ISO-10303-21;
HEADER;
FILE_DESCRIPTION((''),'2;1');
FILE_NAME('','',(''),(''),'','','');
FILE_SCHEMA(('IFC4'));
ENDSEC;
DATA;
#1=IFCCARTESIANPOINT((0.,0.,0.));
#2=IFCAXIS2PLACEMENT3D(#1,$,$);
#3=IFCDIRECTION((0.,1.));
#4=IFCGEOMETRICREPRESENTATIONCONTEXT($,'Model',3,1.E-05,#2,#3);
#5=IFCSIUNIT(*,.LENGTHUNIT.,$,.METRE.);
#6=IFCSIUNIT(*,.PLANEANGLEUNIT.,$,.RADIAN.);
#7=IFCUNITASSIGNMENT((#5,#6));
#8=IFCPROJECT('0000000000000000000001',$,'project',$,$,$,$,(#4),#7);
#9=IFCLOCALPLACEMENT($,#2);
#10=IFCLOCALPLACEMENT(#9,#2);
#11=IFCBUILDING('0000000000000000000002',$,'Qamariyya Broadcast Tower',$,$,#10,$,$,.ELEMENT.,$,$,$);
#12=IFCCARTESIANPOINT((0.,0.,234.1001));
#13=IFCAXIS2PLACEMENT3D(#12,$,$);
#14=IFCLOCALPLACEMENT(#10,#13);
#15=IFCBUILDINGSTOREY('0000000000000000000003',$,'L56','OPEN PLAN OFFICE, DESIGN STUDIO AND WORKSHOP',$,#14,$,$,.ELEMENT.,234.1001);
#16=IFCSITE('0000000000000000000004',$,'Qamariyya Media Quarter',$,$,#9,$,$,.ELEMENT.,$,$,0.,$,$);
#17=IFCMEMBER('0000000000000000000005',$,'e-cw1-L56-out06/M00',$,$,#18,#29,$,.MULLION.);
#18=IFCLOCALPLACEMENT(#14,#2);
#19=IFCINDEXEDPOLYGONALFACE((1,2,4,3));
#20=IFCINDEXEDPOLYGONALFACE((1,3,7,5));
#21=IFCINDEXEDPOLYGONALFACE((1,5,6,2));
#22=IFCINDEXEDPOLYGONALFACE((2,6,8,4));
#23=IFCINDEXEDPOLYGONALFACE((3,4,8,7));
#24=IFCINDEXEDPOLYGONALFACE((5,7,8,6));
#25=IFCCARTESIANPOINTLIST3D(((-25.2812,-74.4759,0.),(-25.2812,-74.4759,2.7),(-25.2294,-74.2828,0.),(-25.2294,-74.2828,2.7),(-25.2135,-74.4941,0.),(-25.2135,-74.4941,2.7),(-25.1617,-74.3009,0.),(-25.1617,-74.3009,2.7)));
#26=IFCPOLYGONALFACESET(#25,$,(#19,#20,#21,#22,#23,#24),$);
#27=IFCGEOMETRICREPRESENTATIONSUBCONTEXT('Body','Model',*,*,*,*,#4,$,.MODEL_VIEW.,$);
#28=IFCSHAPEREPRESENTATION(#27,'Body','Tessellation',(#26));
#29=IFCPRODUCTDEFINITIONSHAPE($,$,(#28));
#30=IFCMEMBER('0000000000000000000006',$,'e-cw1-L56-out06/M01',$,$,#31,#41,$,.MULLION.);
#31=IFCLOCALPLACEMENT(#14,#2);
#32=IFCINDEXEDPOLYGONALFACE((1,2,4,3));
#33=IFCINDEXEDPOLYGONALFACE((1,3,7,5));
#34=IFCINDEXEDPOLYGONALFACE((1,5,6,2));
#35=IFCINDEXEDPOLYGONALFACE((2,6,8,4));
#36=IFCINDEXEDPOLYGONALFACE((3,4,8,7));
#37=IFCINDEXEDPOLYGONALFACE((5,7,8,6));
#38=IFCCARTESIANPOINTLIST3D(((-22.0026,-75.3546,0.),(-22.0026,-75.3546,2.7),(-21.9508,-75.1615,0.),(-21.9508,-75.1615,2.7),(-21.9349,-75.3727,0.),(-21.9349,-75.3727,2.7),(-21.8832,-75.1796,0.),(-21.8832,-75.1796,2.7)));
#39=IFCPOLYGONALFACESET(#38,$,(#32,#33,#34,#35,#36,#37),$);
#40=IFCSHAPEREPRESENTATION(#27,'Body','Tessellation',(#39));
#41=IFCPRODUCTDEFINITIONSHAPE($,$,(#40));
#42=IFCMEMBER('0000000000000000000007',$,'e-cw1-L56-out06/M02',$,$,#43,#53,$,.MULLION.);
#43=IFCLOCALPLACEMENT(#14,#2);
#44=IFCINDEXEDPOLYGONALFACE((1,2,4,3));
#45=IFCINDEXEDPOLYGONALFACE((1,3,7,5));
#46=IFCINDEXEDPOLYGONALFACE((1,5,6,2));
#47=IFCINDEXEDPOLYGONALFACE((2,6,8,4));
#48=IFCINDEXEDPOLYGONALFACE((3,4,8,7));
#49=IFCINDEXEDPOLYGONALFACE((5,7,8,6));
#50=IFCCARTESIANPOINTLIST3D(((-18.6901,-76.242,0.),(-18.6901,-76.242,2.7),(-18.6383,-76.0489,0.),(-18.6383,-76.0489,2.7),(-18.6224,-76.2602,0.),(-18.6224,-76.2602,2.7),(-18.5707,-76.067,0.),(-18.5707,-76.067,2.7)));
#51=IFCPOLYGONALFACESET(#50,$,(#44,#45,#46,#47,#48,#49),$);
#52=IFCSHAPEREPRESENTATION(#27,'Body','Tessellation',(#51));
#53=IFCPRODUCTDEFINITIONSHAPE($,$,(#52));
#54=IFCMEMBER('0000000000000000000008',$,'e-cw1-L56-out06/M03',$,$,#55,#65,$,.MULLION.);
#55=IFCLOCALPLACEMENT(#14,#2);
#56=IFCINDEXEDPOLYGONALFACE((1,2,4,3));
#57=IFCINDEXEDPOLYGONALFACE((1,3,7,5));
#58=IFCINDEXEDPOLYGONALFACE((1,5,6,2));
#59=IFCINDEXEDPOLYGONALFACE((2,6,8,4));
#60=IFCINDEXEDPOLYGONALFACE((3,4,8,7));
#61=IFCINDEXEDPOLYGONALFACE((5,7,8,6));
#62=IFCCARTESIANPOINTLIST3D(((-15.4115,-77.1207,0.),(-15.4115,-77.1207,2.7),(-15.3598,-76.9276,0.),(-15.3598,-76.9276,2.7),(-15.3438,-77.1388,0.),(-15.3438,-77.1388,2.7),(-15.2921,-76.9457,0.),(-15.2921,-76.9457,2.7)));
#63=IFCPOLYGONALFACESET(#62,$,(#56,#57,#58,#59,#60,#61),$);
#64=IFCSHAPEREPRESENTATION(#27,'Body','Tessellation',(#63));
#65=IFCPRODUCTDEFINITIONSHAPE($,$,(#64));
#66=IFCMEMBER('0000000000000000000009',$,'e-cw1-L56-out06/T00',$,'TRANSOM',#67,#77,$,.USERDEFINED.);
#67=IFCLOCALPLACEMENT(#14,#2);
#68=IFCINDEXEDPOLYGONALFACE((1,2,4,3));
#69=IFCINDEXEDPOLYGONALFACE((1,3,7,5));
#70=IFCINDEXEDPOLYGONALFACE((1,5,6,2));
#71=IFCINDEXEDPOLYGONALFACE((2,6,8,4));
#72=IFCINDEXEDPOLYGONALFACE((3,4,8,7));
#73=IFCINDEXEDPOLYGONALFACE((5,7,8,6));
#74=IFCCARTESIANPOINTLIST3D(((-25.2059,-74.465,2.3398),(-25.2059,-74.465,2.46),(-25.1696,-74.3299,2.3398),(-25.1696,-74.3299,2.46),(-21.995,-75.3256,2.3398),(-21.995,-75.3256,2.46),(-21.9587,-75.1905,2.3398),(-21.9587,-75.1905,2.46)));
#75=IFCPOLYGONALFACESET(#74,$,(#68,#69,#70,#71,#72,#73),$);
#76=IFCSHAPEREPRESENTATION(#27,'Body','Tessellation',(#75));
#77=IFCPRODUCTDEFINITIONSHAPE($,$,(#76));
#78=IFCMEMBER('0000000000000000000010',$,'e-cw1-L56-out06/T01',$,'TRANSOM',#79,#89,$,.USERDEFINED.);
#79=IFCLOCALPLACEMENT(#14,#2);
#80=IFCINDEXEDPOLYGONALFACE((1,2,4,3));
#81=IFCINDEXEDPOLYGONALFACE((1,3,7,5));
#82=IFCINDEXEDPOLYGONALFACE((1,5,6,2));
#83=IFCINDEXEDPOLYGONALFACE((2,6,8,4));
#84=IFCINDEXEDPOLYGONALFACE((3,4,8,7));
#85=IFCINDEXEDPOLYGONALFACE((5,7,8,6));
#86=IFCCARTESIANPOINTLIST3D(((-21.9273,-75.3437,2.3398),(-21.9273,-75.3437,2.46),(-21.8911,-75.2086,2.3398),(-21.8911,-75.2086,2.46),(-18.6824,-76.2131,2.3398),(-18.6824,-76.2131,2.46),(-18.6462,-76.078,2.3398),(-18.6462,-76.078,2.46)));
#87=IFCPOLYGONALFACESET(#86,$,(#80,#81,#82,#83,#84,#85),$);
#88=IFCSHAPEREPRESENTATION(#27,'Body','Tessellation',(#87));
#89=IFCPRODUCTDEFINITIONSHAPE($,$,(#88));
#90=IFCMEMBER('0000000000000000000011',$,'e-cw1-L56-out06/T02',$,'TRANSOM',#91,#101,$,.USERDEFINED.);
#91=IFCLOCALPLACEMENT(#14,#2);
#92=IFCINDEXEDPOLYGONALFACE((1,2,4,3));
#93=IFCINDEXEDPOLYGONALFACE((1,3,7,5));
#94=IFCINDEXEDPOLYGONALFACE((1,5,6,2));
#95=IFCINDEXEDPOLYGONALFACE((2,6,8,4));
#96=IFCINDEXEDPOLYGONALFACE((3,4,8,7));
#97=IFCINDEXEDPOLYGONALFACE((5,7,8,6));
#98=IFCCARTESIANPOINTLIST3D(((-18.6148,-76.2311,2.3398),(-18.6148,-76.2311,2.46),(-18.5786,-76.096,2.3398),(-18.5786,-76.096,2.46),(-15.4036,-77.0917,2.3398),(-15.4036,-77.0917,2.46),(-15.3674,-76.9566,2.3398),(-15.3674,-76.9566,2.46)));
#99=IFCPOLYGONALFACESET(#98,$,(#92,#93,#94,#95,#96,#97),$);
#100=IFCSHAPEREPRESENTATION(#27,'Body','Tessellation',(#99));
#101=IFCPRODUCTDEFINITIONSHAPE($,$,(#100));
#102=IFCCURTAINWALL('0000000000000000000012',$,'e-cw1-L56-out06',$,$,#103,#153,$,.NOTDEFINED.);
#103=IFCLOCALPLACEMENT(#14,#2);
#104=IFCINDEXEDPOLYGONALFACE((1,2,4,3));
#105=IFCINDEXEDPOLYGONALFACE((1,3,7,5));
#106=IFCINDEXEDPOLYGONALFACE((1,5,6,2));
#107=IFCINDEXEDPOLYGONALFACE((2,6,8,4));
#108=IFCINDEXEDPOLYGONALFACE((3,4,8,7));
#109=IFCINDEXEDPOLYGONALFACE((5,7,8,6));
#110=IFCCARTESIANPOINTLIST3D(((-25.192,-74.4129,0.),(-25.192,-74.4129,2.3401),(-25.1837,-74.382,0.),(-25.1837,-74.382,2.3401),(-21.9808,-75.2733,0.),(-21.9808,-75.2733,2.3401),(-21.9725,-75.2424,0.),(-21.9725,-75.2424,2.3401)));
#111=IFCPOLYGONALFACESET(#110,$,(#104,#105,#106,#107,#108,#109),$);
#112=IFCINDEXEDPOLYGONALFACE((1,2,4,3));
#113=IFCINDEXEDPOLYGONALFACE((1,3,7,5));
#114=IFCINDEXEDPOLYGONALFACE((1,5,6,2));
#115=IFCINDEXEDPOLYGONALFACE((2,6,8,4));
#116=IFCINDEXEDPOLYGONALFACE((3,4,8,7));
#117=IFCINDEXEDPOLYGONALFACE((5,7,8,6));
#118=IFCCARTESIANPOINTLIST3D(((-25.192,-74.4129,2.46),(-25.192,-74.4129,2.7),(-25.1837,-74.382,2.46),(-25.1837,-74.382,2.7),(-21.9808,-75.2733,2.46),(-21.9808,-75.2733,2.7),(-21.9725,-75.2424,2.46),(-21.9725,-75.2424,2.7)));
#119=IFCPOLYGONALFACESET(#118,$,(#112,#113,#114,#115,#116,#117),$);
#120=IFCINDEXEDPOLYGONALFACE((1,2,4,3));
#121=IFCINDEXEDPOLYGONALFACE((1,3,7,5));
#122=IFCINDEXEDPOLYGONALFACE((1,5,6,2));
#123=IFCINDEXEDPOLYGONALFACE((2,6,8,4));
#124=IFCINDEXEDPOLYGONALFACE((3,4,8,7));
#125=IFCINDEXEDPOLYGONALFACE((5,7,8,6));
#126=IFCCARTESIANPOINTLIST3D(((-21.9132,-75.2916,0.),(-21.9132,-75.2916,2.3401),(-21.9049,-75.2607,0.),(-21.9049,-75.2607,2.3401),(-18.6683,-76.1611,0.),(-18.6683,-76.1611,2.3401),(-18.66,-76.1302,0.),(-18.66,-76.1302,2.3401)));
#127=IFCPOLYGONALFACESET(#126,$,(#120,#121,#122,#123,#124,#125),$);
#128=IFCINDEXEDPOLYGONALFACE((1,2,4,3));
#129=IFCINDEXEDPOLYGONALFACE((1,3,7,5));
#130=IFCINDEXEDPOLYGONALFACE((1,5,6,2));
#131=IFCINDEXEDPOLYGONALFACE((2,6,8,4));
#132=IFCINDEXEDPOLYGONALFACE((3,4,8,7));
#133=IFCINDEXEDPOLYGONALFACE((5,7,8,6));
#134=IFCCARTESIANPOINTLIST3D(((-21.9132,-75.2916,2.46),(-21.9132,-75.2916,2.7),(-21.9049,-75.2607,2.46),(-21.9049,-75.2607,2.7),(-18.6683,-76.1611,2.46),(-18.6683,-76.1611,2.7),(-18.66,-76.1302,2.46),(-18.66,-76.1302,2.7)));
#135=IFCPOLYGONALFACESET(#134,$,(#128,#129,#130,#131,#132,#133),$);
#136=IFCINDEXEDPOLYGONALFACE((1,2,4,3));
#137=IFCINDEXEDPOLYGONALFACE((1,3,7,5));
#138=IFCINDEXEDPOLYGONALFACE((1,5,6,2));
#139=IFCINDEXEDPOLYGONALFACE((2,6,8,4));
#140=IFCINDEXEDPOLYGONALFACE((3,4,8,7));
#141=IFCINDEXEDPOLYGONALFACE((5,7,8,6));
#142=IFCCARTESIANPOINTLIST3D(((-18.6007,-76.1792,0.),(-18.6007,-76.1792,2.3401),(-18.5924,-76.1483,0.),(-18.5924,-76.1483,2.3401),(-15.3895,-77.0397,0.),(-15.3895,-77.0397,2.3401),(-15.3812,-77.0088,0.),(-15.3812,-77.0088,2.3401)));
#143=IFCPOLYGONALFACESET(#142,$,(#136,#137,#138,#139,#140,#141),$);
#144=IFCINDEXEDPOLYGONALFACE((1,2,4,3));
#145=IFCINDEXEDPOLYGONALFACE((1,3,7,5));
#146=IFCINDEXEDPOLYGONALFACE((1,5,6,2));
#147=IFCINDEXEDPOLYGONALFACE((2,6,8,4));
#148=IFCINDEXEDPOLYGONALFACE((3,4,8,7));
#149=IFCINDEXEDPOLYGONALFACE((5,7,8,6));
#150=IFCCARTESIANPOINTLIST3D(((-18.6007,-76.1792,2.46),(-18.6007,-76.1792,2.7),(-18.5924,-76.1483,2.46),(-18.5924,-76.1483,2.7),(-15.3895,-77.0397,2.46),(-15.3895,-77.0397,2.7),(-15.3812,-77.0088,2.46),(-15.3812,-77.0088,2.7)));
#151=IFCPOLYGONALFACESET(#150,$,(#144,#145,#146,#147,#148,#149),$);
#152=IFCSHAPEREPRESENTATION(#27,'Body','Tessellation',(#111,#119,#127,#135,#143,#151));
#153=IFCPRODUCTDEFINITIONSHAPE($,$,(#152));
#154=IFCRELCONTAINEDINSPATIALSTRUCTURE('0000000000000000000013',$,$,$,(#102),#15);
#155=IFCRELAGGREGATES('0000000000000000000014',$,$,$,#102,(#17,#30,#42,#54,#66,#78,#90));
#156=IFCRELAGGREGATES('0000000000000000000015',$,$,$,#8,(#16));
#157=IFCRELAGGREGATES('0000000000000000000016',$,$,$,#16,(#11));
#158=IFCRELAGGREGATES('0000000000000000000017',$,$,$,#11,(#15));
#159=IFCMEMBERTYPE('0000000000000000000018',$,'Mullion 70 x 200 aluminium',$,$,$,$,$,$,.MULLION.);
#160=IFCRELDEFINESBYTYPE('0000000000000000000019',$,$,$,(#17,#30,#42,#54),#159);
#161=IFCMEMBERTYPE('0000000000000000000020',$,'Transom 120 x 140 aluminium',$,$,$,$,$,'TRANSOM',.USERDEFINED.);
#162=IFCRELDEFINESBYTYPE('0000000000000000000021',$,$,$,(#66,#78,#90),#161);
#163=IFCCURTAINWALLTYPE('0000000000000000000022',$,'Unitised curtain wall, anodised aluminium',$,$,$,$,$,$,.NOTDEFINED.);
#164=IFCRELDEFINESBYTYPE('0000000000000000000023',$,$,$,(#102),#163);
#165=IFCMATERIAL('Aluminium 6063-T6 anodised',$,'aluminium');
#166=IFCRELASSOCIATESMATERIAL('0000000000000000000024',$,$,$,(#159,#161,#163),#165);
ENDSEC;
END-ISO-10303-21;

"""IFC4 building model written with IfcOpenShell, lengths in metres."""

from ifc_helpers import new_model, si_unit, direction, frame, origin, origin_2d, place, context, subcontext, project, spatial, rectangle, extrude, material, material_profile, profile_set, type_object, element, aggregate, save


model = new_model("IFC4")

# Units and contexts
model_context = context("Model", 3, precision=1e-05, world=origin(), true_north=direction((0.0, 1.0)))
body_context = subcontext(model_context, "Body", "Model", "MODEL_VIEW")
ifc_project = project(units=[si_unit("LENGTHUNIT", "METRE"), si_unit("PLANEANGLEUNIT", "RADIAN")], contexts=[model_context])

# Members
ifc_material = material(Name="Aluminium 6063-T6 anodised", Category="aluminium")
ifc_material_profile_1 = material_profile(ifc_material, rectangle(XDim=0.2, YDim=0.0701, at=origin_2d()))
ifc_profile_set_1 = profile_set([ifc_material_profile_1], Name="Aluminium 6063-T6 anodised")
member_type_1 = type_object("IfcMemberType", Name="Mullion 70 x 200 aluminium", PredefinedType="MULLION", material=ifc_profile_set_1)
site_placement = place(None, origin())
building_placement = place(site_placement, origin())
storey_placement = place(building_placement, frame((0.0, 0.0, 234.1001)))
member_1_placement = place(storey_placement, frame((-25.2214, -74.3884, 0.0), z_axis=(0.0, 0.0, 1.0), x_axis=(0.258819, 0.965926, 0.0)))
member_1 = element("IfcMember", 1, at=member_1_placement, type_object=member_type_1, Name="e-cw1-L56-out06/M00", PredefinedType="MULLION", context=body_context, shape_type="SweptSolid", body=[
    extrude(rectangle(XDim=0.2, YDim=0.0701, at=origin_2d()), origin(), (0.0, 0.0, 1.0), 2.7),
])
member_2_placement = place(storey_placement, frame((-21.9429, -75.2671, 0.0), z_axis=(0.0, 0.0, 1.0), x_axis=(0.258819, 0.965926, 0.0)))
member_2 = element("IfcMember", 2, at=member_2_placement, type_object=member_type_1, Name="e-cw1-L56-out06/M01", PredefinedType="MULLION", context=body_context, shape_type="SweptSolid", body=[
    extrude(rectangle(XDim=0.2, YDim=0.0701, at=origin_2d()), origin(), (0.0, 0.0, 1.0), 2.7),
])
member_3_placement = place(storey_placement, frame((-18.6304, -76.1545, 0.0), z_axis=(0.0, 0.0, 1.0), x_axis=(0.258819, 0.965926, 0.0)))
member_3 = element("IfcMember", 3, at=member_3_placement, type_object=member_type_1, Name="e-cw1-L56-out06/M02", PredefinedType="MULLION", context=body_context, shape_type="SweptSolid", body=[
    extrude(rectangle(XDim=0.2, YDim=0.0701, at=origin_2d()), origin(), (0.0, 0.0, 1.0), 2.7),
])
member_4_placement = place(storey_placement, frame((-15.3518, -77.0332, 0.0), z_axis=(0.0, 0.0, 1.0), x_axis=(0.258819, 0.965926, 0.0)))
member_4 = element("IfcMember", 4, at=member_4_placement, type_object=member_type_1, Name="e-cw1-L56-out06/M03", PredefinedType="MULLION", context=body_context, shape_type="SweptSolid", body=[
    extrude(rectangle(XDim=0.2, YDim=0.0701, at=origin_2d()), origin(), (0.0, 0.0, 1.0), 2.7),
])
ifc_material_profile_2 = material_profile(ifc_material, rectangle(XDim=0.1399, YDim=0.1201, at=origin_2d()))
ifc_profile_set_2 = profile_set([ifc_material_profile_2], Name="Aluminium 6063-T6 anodised")
member_type_2 = type_object("IfcMemberType", Name="Transom 120 x 140 aluminium", ElementType="TRANSOM", PredefinedType="USERDEFINED", material=ifc_profile_set_2)
member_5_placement = place(storey_placement, frame((-25.1877, -74.3975, 2.3999), z_axis=(0.965909, -0.258883, 0.0), x_axis=(0.258883, 0.965909, 0.0)))
member_5 = element("IfcMember", 5, at=member_5_placement, type_object=member_type_2, Name="e-cw1-L56-out06/T00", ObjectType="TRANSOM", PredefinedType="USERDEFINED", context=body_context, shape_type="SweptSolid", body=[
    extrude(rectangle(XDim=0.1399, YDim=0.1201, at=origin_2d()), origin(), (0.0, 0.0, 1.0), 3.3242),
])
member_6_placement = place(storey_placement, frame((-21.9092, -75.2761, 2.3999), z_axis=(0.965932, -0.258798, 0.0), x_axis=(0.258798, 0.965932, 0.0)))
member_6 = element("IfcMember", 6, at=member_6_placement, type_object=member_type_2, Name="e-cw1-L56-out06/T01", ObjectType="TRANSOM", PredefinedType="USERDEFINED", context=body_context, shape_type="SweptSolid", body=[
    extrude(rectangle(XDim=0.1399, YDim=0.1201, at=origin_2d()), origin(), (0.0, 0.0, 1.0), 3.3594),
])
member_7_placement = place(storey_placement, frame((-18.5967, -76.1636, 2.3999), z_axis=(0.965914, -0.258865, 0.0), x_axis=(0.258865, 0.965914, 0.0)))
member_7 = element("IfcMember", 7, at=member_7_placement, type_object=member_type_2, Name="e-cw1-L56-out06/T02", ObjectType="TRANSOM", PredefinedType="USERDEFINED", context=body_context, shape_type="SweptSolid", body=[
    extrude(rectangle(XDim=0.1399, YDim=0.1201, at=origin_2d()), origin(), (0.0, 0.0, 1.0), 3.3245),
])

# Site, building, storey
site = spatial("IfcSite", under=ifc_project, at=site_placement, Name="Qamariyya Media Quarter", CompositionType="ELEMENT", RefElevation=0.0)
building = spatial("IfcBuilding", under=site, at=building_placement, Name="Qamariyya Broadcast Tower", CompositionType="ELEMENT")
storey = spatial("IfcBuildingStorey", under=building, at=storey_placement, Name="L56", Description="OPEN PLAN OFFICE, DESIGN STUDIO AND WORKSHOP", CompositionType="ELEMENT", Elevation=234.1001)

# Curtain wall
curtain_wall_type = type_object("IfcCurtainWallType", Name="Unitised curtain wall, anodised aluminium", PredefinedType="NOTDEFINED", material=ifc_material)
curtain_wall_1_placement = place(storey_placement, origin())
curtain_wall_1 = element("IfcCurtainWall", 8, at=curtain_wall_1_placement, inside=storey, type_object=curtain_wall_type, Name="e-cw1-L56-out06", PredefinedType="NOTDEFINED", context=body_context, shape_type="SweptSolid", body=[
    extrude(rectangle(XDim=3.3245, YDim=0.032, at=origin_2d()), frame((-23.5823, -74.8276, 0.0), x_axis=(0.965923, -0.258828, 0.0)), (0.0, 0.0, 1.0), 2.3401),
    extrude(rectangle(XDim=3.3245, YDim=0.032, at=origin_2d()), frame((-23.5823, -74.8276, 2.46), x_axis=(0.965923, -0.258828, 0.0)), (0.0, 0.0, 1.0), 0.24),
    extrude(rectangle(XDim=3.3594, YDim=0.032, at=origin_2d()), frame((-20.2866, -75.7109, 0.0), x_axis=(0.965923, -0.258828, 0.0)), (0.0, 0.0, 1.0), 2.3401),
    extrude(rectangle(XDim=3.3594, YDim=0.032, at=origin_2d()), frame((-20.2866, -75.7109, 2.46), x_axis=(0.965923, -0.258828, 0.0)), (0.0, 0.0, 1.0), 0.24),
    extrude(rectangle(XDim=3.3245, YDim=0.032, at=origin_2d()), frame((-16.991, -76.594, 0.0), x_axis=(0.965923, -0.258828, 0.0)), (0.0, 0.0, 1.0), 2.3401),
    extrude(rectangle(XDim=3.3245, YDim=0.032, at=origin_2d()), frame((-16.991, -76.594, 2.46), x_axis=(0.965923, -0.258828, 0.0)), (0.0, 0.0, 1.0), 0.24),
])
aggregate(curtain_wall_1, [member_1, member_2, member_3, member_4, member_5, member_6, member_7])

save(model, "model.ifc")
